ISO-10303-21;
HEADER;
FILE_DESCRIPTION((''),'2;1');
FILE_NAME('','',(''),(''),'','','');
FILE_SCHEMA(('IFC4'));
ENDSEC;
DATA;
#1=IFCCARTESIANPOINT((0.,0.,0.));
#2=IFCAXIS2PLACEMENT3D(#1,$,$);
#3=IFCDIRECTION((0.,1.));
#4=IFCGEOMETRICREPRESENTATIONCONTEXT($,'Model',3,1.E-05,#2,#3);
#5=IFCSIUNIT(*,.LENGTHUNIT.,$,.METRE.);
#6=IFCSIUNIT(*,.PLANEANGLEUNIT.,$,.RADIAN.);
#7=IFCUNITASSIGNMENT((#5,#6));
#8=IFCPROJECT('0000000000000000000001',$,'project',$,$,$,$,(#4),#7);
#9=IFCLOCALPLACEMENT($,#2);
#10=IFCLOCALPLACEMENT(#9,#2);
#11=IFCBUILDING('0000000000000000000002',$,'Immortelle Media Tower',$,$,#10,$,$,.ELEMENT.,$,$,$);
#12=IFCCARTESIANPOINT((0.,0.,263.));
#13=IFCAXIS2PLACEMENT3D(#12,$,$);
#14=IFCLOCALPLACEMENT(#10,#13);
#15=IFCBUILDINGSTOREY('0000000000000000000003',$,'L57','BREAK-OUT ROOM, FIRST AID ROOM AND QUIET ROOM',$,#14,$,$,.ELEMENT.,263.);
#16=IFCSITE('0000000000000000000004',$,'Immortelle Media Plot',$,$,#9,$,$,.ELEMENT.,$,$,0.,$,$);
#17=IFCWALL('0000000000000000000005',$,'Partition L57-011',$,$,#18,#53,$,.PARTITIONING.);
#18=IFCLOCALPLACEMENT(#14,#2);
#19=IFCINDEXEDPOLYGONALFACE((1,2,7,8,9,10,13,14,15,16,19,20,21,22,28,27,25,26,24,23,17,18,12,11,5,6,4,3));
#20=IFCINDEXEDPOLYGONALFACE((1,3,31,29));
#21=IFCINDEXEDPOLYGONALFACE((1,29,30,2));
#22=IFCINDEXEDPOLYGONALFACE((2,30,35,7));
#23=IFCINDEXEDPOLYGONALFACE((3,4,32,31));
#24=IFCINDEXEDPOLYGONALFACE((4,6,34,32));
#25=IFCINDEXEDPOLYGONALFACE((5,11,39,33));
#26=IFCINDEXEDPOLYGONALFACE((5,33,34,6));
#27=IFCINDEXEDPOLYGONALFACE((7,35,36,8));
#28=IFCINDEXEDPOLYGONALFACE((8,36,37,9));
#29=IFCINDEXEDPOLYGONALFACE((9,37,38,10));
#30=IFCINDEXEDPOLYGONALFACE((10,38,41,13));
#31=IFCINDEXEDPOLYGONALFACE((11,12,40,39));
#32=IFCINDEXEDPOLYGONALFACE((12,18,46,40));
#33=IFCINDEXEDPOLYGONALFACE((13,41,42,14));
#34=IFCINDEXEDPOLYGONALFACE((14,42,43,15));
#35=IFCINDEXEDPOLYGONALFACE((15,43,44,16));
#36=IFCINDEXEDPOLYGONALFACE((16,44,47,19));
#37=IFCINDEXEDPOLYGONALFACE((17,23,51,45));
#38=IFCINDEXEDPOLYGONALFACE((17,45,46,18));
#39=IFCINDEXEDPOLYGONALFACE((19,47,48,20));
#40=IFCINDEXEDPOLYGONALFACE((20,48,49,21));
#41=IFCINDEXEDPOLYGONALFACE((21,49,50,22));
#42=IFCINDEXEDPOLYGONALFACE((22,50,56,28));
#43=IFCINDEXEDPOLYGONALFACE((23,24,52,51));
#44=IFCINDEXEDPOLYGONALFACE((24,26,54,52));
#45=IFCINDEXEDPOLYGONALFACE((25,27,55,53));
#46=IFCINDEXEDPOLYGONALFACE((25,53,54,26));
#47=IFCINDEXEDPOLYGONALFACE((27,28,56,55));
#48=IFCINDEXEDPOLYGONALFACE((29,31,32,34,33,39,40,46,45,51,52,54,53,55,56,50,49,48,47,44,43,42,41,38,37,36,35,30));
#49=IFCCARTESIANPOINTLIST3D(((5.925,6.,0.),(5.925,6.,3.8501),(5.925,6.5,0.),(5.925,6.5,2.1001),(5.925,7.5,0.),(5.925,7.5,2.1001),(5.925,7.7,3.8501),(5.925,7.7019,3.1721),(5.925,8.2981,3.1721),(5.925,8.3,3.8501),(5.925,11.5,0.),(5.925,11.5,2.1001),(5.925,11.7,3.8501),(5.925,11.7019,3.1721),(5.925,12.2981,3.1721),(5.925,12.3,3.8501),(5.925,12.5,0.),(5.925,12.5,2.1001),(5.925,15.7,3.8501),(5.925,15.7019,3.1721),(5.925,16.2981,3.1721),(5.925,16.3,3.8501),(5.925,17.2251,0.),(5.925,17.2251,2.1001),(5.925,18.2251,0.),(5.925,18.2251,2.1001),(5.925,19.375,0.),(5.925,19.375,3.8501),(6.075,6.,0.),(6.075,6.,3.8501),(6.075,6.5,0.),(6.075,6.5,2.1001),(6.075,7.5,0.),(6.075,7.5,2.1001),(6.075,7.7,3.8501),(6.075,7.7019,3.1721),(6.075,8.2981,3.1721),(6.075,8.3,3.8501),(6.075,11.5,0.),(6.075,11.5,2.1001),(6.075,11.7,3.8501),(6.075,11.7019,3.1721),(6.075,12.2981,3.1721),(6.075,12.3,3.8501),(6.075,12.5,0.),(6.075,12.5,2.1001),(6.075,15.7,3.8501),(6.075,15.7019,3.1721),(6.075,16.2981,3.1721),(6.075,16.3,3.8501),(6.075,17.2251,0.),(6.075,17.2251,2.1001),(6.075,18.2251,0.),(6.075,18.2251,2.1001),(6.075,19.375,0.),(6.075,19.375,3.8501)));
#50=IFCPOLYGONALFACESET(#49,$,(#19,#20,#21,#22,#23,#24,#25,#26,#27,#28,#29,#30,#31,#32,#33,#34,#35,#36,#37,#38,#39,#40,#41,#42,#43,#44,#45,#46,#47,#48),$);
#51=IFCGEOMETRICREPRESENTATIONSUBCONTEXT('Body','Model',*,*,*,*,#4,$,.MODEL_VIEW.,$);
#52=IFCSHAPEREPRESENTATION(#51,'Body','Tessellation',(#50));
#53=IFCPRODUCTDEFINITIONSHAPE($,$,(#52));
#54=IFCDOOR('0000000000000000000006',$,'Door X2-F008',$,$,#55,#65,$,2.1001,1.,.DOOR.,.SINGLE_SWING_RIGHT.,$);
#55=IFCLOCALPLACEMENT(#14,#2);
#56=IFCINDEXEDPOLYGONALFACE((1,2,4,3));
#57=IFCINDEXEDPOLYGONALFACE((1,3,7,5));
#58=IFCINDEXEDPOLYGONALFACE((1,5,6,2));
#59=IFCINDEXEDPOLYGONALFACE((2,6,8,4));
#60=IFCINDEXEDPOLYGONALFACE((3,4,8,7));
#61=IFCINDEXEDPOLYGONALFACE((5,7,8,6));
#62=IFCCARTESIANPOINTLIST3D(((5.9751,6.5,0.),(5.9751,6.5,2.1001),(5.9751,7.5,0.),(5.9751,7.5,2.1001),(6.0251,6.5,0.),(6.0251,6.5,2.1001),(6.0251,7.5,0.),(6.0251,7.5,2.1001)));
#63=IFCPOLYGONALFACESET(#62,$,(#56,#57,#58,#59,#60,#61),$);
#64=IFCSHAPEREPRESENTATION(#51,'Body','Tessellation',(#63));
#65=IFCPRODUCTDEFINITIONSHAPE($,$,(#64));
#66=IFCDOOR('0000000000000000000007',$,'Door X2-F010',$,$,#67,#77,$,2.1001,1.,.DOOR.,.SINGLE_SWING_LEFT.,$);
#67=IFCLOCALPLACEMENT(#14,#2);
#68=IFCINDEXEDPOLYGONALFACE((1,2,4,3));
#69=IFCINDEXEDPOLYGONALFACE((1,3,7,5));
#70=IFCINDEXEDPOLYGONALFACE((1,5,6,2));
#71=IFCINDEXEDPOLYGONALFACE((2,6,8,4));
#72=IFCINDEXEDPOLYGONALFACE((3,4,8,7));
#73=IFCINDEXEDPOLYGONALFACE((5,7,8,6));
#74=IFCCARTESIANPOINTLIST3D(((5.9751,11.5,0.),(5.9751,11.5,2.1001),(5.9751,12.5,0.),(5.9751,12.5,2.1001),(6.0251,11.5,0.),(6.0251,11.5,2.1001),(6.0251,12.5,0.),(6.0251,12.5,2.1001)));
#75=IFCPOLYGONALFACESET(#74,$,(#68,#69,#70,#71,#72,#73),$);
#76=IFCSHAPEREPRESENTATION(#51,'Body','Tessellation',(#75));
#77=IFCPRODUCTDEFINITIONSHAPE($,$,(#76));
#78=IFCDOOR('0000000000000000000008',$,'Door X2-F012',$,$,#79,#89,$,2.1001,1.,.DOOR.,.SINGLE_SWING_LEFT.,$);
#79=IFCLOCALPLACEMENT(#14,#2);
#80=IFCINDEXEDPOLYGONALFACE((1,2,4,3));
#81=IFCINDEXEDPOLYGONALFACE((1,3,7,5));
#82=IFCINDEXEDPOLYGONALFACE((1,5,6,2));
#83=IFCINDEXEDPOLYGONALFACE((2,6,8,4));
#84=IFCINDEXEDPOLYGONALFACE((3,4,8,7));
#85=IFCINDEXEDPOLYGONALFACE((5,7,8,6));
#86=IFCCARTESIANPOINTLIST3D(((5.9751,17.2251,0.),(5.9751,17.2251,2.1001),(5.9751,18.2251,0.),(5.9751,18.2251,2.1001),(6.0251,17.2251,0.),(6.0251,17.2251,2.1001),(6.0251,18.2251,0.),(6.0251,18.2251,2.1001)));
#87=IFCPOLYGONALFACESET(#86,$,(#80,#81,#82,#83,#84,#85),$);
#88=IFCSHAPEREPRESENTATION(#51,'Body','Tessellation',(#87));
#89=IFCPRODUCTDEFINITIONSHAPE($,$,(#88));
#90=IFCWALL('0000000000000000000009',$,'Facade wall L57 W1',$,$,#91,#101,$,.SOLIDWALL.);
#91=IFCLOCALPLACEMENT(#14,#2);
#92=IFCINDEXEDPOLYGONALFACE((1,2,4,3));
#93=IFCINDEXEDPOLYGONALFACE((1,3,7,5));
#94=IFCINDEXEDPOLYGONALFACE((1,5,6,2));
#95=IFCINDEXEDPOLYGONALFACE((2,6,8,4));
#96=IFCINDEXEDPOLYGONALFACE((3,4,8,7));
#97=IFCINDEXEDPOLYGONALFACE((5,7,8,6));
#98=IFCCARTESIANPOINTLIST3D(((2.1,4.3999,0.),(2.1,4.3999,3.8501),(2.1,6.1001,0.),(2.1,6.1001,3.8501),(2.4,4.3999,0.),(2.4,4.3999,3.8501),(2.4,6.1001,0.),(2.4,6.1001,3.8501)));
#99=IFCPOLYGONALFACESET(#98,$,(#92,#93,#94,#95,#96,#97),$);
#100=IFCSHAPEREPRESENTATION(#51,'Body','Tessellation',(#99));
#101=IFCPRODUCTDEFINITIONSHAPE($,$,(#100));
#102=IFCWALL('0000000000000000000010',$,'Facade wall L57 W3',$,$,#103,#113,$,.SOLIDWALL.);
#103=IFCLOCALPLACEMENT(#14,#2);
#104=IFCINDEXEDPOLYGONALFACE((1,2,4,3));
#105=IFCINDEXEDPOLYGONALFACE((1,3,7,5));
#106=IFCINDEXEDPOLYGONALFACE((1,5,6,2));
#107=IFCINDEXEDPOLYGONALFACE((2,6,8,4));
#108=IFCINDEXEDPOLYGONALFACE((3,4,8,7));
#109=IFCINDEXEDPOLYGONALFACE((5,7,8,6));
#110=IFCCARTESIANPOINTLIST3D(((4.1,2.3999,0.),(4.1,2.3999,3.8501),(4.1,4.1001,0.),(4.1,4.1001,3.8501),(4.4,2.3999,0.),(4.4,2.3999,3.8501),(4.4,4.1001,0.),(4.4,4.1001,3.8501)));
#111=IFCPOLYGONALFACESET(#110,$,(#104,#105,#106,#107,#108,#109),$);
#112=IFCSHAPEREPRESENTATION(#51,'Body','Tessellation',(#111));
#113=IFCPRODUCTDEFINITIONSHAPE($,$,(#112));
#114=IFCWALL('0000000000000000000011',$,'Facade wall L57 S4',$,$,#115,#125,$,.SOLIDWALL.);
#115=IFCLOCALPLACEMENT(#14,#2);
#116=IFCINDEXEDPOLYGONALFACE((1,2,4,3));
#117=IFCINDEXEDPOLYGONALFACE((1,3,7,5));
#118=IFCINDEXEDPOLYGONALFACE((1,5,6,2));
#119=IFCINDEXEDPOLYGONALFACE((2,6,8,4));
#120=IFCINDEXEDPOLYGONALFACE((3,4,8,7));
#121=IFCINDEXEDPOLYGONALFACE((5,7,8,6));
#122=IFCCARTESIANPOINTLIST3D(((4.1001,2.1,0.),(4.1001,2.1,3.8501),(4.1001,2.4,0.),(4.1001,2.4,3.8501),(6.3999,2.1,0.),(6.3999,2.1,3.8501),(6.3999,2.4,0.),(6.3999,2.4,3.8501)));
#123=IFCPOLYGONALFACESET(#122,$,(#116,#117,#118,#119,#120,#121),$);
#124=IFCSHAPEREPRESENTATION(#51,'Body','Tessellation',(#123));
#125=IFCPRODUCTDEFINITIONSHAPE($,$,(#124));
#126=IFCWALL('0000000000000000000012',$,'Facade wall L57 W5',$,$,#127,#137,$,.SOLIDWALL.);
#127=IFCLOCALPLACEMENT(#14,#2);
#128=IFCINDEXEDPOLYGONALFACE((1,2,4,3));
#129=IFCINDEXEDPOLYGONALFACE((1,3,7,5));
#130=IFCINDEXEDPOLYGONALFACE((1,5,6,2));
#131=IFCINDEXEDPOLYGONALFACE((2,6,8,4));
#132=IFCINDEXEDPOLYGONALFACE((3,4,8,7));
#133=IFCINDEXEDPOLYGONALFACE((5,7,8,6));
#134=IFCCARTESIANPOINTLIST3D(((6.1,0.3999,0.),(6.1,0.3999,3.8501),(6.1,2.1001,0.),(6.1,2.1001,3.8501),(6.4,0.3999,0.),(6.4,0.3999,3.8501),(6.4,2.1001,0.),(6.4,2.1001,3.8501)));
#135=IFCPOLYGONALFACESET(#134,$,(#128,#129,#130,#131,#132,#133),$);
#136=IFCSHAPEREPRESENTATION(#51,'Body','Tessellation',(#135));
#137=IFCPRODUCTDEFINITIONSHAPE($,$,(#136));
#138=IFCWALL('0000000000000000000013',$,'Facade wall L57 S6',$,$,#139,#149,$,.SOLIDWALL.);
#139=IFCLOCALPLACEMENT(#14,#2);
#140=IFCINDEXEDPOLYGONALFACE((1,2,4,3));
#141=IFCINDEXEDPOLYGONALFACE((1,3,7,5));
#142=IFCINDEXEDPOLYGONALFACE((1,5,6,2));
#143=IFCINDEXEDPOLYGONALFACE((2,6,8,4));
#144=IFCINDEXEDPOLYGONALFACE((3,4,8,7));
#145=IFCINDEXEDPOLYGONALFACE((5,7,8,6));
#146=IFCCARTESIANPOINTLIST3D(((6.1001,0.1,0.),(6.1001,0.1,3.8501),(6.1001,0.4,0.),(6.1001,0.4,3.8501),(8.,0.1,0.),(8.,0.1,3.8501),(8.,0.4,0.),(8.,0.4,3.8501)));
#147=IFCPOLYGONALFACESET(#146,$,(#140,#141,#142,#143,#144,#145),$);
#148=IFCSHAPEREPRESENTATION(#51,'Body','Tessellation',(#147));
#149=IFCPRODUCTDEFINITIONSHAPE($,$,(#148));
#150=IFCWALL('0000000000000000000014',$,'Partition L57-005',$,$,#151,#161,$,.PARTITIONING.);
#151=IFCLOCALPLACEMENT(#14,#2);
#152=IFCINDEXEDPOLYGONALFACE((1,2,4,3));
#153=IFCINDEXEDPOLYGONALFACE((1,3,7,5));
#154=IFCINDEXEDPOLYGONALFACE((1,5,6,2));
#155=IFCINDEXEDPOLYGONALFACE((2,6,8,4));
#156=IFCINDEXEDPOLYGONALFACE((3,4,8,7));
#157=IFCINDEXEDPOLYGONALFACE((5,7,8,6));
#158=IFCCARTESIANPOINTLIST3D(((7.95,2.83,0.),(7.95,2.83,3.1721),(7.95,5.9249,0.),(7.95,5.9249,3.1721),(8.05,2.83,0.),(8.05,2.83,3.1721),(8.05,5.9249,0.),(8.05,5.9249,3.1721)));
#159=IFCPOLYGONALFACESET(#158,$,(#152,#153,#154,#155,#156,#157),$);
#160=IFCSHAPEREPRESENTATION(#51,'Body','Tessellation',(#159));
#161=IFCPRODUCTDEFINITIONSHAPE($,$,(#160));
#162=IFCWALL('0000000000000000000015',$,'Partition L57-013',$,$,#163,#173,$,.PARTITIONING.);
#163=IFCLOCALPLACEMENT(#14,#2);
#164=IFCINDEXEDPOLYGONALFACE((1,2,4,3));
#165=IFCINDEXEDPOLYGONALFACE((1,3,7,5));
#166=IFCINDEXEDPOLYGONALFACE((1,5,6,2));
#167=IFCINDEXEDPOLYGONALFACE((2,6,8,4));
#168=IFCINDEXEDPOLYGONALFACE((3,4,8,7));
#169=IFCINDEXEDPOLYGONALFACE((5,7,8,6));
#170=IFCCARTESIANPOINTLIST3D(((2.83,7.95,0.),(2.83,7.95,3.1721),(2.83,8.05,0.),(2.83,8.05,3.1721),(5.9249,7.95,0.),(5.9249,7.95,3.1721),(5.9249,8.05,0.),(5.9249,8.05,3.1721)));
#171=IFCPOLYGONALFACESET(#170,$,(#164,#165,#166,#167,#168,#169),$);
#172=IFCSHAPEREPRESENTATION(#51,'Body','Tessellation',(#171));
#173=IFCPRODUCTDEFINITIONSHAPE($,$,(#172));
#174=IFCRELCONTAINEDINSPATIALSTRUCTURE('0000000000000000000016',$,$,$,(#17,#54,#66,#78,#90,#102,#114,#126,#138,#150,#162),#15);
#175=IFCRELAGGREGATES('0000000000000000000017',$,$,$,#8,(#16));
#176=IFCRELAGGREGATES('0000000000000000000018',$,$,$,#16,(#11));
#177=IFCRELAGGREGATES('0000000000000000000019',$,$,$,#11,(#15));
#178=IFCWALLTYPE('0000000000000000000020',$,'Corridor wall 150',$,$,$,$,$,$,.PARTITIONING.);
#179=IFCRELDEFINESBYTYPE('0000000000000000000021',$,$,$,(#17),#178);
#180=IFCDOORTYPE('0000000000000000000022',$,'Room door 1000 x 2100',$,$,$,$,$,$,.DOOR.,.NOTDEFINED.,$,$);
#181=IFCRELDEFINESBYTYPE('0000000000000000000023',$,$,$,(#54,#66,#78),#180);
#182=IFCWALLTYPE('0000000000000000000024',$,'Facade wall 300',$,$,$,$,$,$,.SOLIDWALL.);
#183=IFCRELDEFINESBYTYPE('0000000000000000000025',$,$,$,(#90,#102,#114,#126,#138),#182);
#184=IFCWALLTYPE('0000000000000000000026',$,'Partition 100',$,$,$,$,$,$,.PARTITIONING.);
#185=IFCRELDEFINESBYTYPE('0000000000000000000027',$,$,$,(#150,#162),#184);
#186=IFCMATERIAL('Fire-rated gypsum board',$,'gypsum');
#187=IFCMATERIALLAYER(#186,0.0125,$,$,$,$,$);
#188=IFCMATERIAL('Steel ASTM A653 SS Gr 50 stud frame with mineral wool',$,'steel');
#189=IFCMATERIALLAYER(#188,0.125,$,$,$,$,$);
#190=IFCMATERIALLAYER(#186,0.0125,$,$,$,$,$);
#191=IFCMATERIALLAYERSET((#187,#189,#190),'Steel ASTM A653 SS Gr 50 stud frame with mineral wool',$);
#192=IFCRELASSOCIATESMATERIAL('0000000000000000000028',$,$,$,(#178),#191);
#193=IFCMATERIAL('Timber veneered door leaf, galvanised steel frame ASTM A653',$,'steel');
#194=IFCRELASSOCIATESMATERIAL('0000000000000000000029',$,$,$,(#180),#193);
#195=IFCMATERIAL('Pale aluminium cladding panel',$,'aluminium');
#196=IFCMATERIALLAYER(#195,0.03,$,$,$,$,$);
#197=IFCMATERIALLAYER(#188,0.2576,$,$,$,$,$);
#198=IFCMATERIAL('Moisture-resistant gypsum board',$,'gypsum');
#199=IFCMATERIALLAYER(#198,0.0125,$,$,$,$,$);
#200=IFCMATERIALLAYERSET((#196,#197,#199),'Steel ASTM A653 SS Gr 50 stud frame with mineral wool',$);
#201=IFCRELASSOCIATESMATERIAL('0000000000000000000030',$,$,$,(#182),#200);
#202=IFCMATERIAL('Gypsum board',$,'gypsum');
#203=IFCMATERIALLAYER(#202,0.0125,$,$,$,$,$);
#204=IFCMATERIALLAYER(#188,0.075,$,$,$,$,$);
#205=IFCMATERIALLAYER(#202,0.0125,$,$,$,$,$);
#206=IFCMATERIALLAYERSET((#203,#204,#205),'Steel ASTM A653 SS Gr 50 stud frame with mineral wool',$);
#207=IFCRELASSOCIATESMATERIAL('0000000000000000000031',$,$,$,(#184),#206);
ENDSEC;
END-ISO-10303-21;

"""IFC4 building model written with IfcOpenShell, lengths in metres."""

from ifc_helpers import new_model, si_unit, direction, frame, frame_2d, origin, place, context, subcontext, project, spatial, polyline, rectangle, outline, extrude, material, layer, layer_set, type_object, element, fill, save


model = new_model("IFC4")

# Units and contexts
model_context = context("Model", 3, precision=1e-05, world=origin(), true_north=direction((0.0, 1.0)))
body_context = subcontext(model_context, "Body", "Model", "MODEL_VIEW")
ifc_project = project(units=[si_unit("LENGTHUNIT", "METRE"), si_unit("PLANEANGLEUNIT", "RADIAN")], contexts=[model_context])

# Site, building, storey
site_placement = place(None, origin())
site = spatial("IfcSite", under=ifc_project, at=site_placement, Name="Immortelle Media Plot", CompositionType="ELEMENT", RefElevation=0.0)
building_placement = place(site_placement, origin())
building = spatial("IfcBuilding", under=site, at=building_placement, Name="Immortelle Media Tower", CompositionType="ELEMENT")
storey_placement = place(building_placement, frame((0.0, 0.0, 263.0)))
storey = spatial("IfcBuildingStorey", under=building, at=storey_placement, Name="L57", Description="BREAK-OUT ROOM, FIRST AID ROOM AND QUIET ROOM", CompositionType="ELEMENT", Elevation=263.0)

# Wall, openings, doors
ifc_material_1 = material(Name="Fire-rated gypsum board", Category="gypsum")
ifc_layer_1 = layer(ifc_material_1, 0.0125)
ifc_material_2 = material(Name="Steel ASTM A653 SS Gr 50 stud frame with mineral wool", Category="steel")
ifc_layer_2 = layer(ifc_material_2, 0.125)
ifc_layer_3 = layer(ifc_material_1, 0.0125)
ifc_layer_set_1 = layer_set([ifc_layer_1, ifc_layer_2, ifc_layer_3], Name="Steel ASTM A653 SS Gr 50 stud frame with mineral wool")
wall_type_1 = type_object("IfcWallType", Name="Corridor wall 150", PredefinedType="PARTITIONING", material=ifc_layer_set_1)
ifc_material_3 = material(Name="Timber veneered door leaf, galvanised steel frame ASTM A653", Category="steel")
door_type = type_object("IfcDoorType", Name="Room door 1000 x 2100", OperationType="NOTDEFINED", PredefinedType="DOOR", material=ifc_material_3)
wall_1_placement = place(storey_placement, frame((6.0, 6.0, 0.0), z_axis=(0.0, 0.0, 1.0), x_axis=(0.0, 1.0, 0.0)))
wall_1 = element("IfcWall", 1, at=wall_1_placement, inside=storey, type_object=wall_type_1, Name="Partition L57-011", PredefinedType="PARTITIONING", context=body_context, shape_type="SweptSolid", body=[
    extrude(outline(polyline([(0.0, 0.0), (13.375, 0.0), (13.375, 3.8501), (10.3, 3.8501), (10.2981, 3.1721), (9.7019, 3.1721), (9.7, 3.8501), (6.3, 3.8501), (6.2981, 3.1721), (5.7019, 3.1721), (5.7, 3.8501), (2.3, 3.8501), (2.2981, 3.1721), (1.7019, 3.1721), (1.7, 3.8501), (0.0, 3.8501), (0.0, 0.0)])), frame((0.0, 0.075, 0.0), z_axis=(0.0, -1.0, 0.0), x_axis=(1.0, 0.0, 0.0)), (0.0, 0.0, 1.0), 0.1499),
])
opening_1_placement = place(wall_1_placement, frame((0.5, 0.0, 0.0)))
opening_1 = element("IfcOpeningElement", 2, at=opening_1_placement, cuts=wall_1, PredefinedType="OPENING", context=body_context, shape_type="SweptSolid", body=[
    extrude(rectangle(XDim=1.0, YDim=2.1001, at=frame_2d((0.5, 1.05))), frame((0.0, 0.085, 0.0), z_axis=(0.0, -1.0, 0.0), x_axis=(1.0, 0.0, 0.0)), (0.0, 0.0, 1.0), 0.1699),
])
opening_2_placement = place(wall_1_placement, frame((5.5, 0.0, 0.0)))
opening_2 = element("IfcOpeningElement", 3, at=opening_2_placement, cuts=wall_1, PredefinedType="OPENING", context=body_context, shape_type="SweptSolid", body=[
    extrude(rectangle(XDim=1.0, YDim=2.1001, at=frame_2d((0.5, 1.05))), frame((0.0, 0.085, 0.0), z_axis=(0.0, -1.0, 0.0), x_axis=(1.0, 0.0, 0.0)), (0.0, 0.0, 1.0), 0.1699),
])
opening_3_placement = place(wall_1_placement, frame((11.2251, 0.0, 0.0)))
opening_3 = element("IfcOpeningElement", 4, at=opening_3_placement, cuts=wall_1, PredefinedType="OPENING", context=body_context, shape_type="SweptSolid", body=[
    extrude(rectangle(XDim=1.0, YDim=2.1001, at=frame_2d((0.5, 1.05))), frame((0.0, 0.085, 0.0), z_axis=(0.0, -1.0, 0.0), x_axis=(1.0, 0.0, 0.0)), (0.0, 0.0, 1.0), 0.1699),
])
door_1_placement = place(opening_1_placement, origin())
door_1 = element("IfcDoor", 5, at=door_1_placement, inside=storey, type_object=door_type, Name="Door X2-F008", OperationType="SINGLE_SWING_RIGHT", OverallHeight=2.1001, OverallWidth=1.0, PredefinedType="DOOR", context=body_context, shape_type="SweptSolid", body=[
    extrude(rectangle(XDim=1.0, YDim=2.1001, at=frame_2d((0.5, 1.05))), frame((0.0, 0.0249, 0.0), z_axis=(0.0, -1.0, 0.0), x_axis=(1.0, 0.0, 0.0)), (0.0, 0.0, 1.0), 0.05),
])
fill(opening_1, door_1)
door_2_placement = place(opening_2_placement, origin())
door_2 = element("IfcDoor", 6, at=door_2_placement, inside=storey, type_object=door_type, Name="Door X2-F010", OperationType="SINGLE_SWING_LEFT", OverallHeight=2.1001, OverallWidth=1.0, PredefinedType="DOOR", context=body_context, shape_type="SweptSolid", body=[
    extrude(rectangle(XDim=1.0, YDim=2.1001, at=frame_2d((0.5, 1.05))), frame((0.0, 0.0249, 0.0), z_axis=(0.0, -1.0, 0.0), x_axis=(1.0, 0.0, 0.0)), (0.0, 0.0, 1.0), 0.05),
])
fill(opening_2, door_2)
door_3_placement = place(opening_3_placement, origin())
door_3 = element("IfcDoor", 7, at=door_3_placement, inside=storey, type_object=door_type, Name="Door X2-F012", OperationType="SINGLE_SWING_LEFT", OverallHeight=2.1001, OverallWidth=1.0, PredefinedType="DOOR", context=body_context, shape_type="SweptSolid", body=[
    extrude(rectangle(XDim=1.0, YDim=2.1001, at=frame_2d((0.5, 1.05))), frame((0.0, 0.0249, 0.0), z_axis=(0.0, -1.0, 0.0), x_axis=(1.0, 0.0, 0.0)), (0.0, 0.0, 1.0), 0.05),
])
fill(opening_3, door_3)

# Walls
ifc_material_4 = material(Name="Pale aluminium cladding panel", Category="aluminium")
ifc_layer_4 = layer(ifc_material_4, 0.03)
ifc_layer_5 = layer(ifc_material_2, 0.2576)
ifc_material_5 = material(Name="Moisture-resistant gypsum board", Category="gypsum")
ifc_layer_6 = layer(ifc_material_5, 0.0125)
ifc_layer_set_2 = layer_set([ifc_layer_4, ifc_layer_5, ifc_layer_6], Name="Steel ASTM A653 SS Gr 50 stud frame with mineral wool")
wall_type_2 = type_object("IfcWallType", Name="Facade wall 300", PredefinedType="SOLIDWALL", material=ifc_layer_set_2)
for number, where, z_axis, x_axis, name in (
    (8, (2.25, 6.1001, 0.0), (0.0, 0.0, 1.0), (0.0, -1.0, 0.0), "Facade wall L57 W1"),
    (9, (4.25, 4.1001, 0.0), (0.0, 0.0, 1.0), (0.0, -1.0, 0.0), "Facade wall L57 W3"),
):
    element("IfcWall", number, at=place(storey_placement, frame(where, z_axis=z_axis, x_axis=x_axis)), inside=storey, type_object=wall_type_2, Name=name, PredefinedType="SOLIDWALL", context=body_context, shape_type="SweptSolid", body=[
        extrude(rectangle(XDim=1.7002, YDim=0.3, at=frame_2d((0.8501, 0.0))), origin(), (0.0, 0.0, 1.0), 3.8501),
    ])
wall_2_placement = place(storey_placement, frame((4.1001, 2.25, 0.0), z_axis=(0.0, 0.0, 1.0), x_axis=(1.0, 0.0, 0.0)))
element("IfcWall", 10, at=wall_2_placement, inside=storey, type_object=wall_type_2, Name="Facade wall L57 S4", PredefinedType="SOLIDWALL", context=body_context, shape_type="SweptSolid", body=[
    extrude(rectangle(XDim=2.2998, YDim=0.3, at=frame_2d((1.1499, 0.0))), origin(), (0.0, 0.0, 1.0), 3.8501),
])
wall_3_placement = place(storey_placement, frame((6.25, 2.1001, 0.0), z_axis=(0.0, 0.0, 1.0), x_axis=(0.0, -1.0, 0.0)))
element("IfcWall", 11, at=wall_3_placement, inside=storey, type_object=wall_type_2, Name="Facade wall L57 W5", PredefinedType="SOLIDWALL", context=body_context, shape_type="SweptSolid", body=[
    extrude(rectangle(XDim=1.7002, YDim=0.3, at=frame_2d((0.8501, 0.0))), origin(), (0.0, 0.0, 1.0), 3.8501),
])
wall_4_placement = place(storey_placement, frame((6.1001, 0.25, 0.0), z_axis=(0.0, 0.0, 1.0), x_axis=(1.0, 0.0, 0.0)))
element("IfcWall", 12, at=wall_4_placement, inside=storey, type_object=wall_type_2, Name="Facade wall L57 S6", PredefinedType="SOLIDWALL", context=body_context, shape_type="SweptSolid", body=[
    extrude(rectangle(XDim=1.8999, YDim=0.3, at=frame_2d((0.95, 0.0))), origin(), (0.0, 0.0, 1.0), 3.8501),
])
ifc_material_6 = material(Name="Gypsum board", Category="gypsum")
ifc_layer_7 = layer(ifc_material_6, 0.0125)
ifc_layer_8 = layer(ifc_material_2, 0.075)
ifc_layer_9 = layer(ifc_material_6, 0.0125)
ifc_layer_set_3 = layer_set([ifc_layer_7, ifc_layer_8, ifc_layer_9], Name="Steel ASTM A653 SS Gr 50 stud frame with mineral wool")
wall_type_3 = type_object("IfcWallType", Name="Partition 100", PredefinedType="PARTITIONING", material=ifc_layer_set_3)
for number, where, z_axis, x_axis, name in (
    (13, (8.0, 2.8301, 0.0), (0.0, 0.0, 1.0), (0.0, 1.0, 0.0), "Partition L57-005"),
    (14, (2.8301, 8.0, 0.0), (0.0, 0.0, 1.0), (1.0, 0.0, 0.0), "Partition L57-013"),
):
    element("IfcWall", number, at=place(storey_placement, frame(where, z_axis=z_axis, x_axis=x_axis)), inside=storey, type_object=wall_type_3, Name=name, PredefinedType="PARTITIONING", context=body_context, shape_type="SweptSolid", body=[
        extrude(rectangle(XDim=3.095, YDim=0.1001, at=frame_2d((1.5474, 0.0))), origin(), (0.0, 0.0, 1.0), 3.1721),
    ])

save(model, "model.ifc")
